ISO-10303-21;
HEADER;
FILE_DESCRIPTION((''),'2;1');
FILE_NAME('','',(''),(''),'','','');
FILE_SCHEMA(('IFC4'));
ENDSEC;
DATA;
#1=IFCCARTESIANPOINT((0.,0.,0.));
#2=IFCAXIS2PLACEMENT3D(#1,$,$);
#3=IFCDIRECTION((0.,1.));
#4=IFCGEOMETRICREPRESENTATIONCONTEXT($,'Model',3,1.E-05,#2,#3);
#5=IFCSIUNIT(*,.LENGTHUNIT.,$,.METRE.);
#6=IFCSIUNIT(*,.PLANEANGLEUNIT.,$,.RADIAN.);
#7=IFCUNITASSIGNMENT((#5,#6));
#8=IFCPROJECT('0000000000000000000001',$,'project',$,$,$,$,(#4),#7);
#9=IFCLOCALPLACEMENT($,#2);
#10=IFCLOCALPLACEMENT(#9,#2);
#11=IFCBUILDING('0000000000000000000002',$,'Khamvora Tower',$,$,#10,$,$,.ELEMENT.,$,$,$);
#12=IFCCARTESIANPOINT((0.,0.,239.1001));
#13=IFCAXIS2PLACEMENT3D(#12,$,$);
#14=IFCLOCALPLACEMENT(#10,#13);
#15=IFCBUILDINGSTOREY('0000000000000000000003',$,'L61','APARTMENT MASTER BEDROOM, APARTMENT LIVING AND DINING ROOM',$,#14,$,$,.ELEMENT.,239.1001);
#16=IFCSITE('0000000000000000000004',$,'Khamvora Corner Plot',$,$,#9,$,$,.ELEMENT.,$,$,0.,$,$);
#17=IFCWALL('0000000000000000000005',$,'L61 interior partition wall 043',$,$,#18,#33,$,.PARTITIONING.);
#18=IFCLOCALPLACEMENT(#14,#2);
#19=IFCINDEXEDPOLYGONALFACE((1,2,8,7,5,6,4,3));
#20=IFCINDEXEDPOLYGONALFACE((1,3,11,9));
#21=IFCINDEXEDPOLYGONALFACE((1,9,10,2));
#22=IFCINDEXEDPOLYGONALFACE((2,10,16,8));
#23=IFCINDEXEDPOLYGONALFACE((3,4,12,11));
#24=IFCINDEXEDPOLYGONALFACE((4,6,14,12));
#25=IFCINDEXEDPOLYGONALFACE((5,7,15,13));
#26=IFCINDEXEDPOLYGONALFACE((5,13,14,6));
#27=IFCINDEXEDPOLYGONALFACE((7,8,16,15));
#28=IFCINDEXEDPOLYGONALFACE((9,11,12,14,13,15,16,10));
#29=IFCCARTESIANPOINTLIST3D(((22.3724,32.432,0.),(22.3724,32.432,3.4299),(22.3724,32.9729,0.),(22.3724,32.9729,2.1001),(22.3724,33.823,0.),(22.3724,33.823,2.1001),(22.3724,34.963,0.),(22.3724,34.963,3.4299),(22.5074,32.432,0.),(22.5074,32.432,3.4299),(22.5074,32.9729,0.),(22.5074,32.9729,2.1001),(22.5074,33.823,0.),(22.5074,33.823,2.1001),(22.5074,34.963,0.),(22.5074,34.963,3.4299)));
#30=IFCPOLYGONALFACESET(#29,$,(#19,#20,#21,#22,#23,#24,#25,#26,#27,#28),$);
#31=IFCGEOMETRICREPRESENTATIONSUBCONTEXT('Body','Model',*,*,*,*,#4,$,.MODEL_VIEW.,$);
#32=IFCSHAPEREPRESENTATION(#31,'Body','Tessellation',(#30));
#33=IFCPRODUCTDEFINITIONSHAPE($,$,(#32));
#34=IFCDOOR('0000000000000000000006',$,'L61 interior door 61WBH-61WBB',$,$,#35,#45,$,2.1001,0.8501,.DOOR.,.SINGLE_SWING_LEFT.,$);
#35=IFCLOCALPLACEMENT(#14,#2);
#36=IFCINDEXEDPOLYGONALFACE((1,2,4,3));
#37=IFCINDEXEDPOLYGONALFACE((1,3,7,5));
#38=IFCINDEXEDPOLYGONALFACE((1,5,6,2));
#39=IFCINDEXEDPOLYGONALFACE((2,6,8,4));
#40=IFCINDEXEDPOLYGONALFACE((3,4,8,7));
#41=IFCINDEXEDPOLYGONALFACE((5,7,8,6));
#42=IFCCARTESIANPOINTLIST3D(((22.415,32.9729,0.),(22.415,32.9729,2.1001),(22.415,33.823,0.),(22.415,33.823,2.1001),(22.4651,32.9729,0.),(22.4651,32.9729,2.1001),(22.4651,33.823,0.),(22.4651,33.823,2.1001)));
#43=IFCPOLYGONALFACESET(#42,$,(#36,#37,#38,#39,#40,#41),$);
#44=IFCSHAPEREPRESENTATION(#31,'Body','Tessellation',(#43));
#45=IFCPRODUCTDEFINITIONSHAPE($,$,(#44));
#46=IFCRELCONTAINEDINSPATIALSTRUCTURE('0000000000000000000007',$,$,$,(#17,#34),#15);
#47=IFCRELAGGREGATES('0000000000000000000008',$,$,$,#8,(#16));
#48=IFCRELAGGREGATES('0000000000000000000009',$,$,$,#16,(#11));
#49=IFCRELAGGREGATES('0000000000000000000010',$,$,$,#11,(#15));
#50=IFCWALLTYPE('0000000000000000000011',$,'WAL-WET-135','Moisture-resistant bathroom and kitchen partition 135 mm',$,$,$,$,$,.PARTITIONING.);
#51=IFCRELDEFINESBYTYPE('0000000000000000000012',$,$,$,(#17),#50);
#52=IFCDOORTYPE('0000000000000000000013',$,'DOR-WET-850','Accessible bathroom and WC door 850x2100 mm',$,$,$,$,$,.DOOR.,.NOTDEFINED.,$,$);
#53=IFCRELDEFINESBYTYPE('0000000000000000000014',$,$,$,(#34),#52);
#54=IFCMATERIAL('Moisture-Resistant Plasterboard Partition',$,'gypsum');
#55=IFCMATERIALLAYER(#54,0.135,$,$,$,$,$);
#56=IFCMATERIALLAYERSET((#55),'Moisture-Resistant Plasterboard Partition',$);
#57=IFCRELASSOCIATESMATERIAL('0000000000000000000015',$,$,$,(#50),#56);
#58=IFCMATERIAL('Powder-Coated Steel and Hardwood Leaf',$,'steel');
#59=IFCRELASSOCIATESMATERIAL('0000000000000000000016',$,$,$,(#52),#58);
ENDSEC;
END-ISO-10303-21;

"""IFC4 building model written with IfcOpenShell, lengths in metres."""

from ifc_helpers import new_model, si_unit, direction, frame, frame_2d, origin, place, context, subcontext, project, spatial, rectangle, extrude, material, layer, layer_set, type_object, element, fill, save


model = new_model("IFC4")

# Units and contexts
model_context = context("Model", 3, precision=1e-05, world=origin(), true_north=direction((0.0, 1.0)))
body_context = subcontext(model_context, "Body", "Model", "MODEL_VIEW")
ifc_project = project(units=[si_unit("LENGTHUNIT", "METRE"), si_unit("PLANEANGLEUNIT", "RADIAN")], contexts=[model_context])

# Site, building, storey
site_placement = place(None, origin())
site = spatial("IfcSite", under=ifc_project, at=site_placement, Name="Khamvora Corner Plot", CompositionType="ELEMENT", RefElevation=0.0)
building_placement = place(site_placement, origin())
building = spatial("IfcBuilding", under=site, at=building_placement, Name="Khamvora Tower", CompositionType="ELEMENT")
storey_placement = place(building_placement, frame((0.0, 0.0, 239.1001)))
storey = spatial("IfcBuildingStorey", under=building, at=storey_placement, Name="L61", Description="APARTMENT MASTER BEDROOM, APARTMENT LIVING AND DINING ROOM", CompositionType="ELEMENT", Elevation=239.1001)

# Shared definitions
ifc_material_1 = material(Name="Powder-Coated Steel and Hardwood Leaf", Category="steel")

# Wall, opening, door
ifc_material_2 = material(Name="Moisture-Resistant Plasterboard Partition", Category="gypsum")
ifc_layer_1 = layer(ifc_material_2, 0.135)
ifc_layer_set_1 = layer_set([ifc_layer_1], Name="Moisture-Resistant Plasterboard Partition")
wall_type_1 = type_object("IfcWallType", Name="WAL-WET-135", Description="Moisture-resistant bathroom and kitchen partition 135 mm", PredefinedType="PARTITIONING", material=ifc_layer_set_1)
wall_1_placement = place(storey_placement, frame((22.4399, 32.4319, 0.0), z_axis=(0.0, 0.0, 1.0), x_axis=(0.0, 1.0, 0.0)))
wall_1 = element("IfcWall", 1, at=wall_1_placement, inside=storey, type_object=wall_type_1, Name="L61 interior partition wall 043", PredefinedType="PARTITIONING", context=body_context, shape_type="SweptSolid", body=[
    extrude(rectangle(XDim=2.531, YDim=0.135, at=frame_2d((1.2656, 0.0))), origin(), (0.0, 0.0, 1.0), 3.4299),
])
opening_1_placement = place(wall_1_placement, frame((0.541, 0.0, 0.0)))
opening_1 = element("IfcOpeningElement", 2, at=opening_1_placement, cuts=wall_1, PredefinedType="OPENING", context=body_context, shape_type="SweptSolid", body=[
    extrude(rectangle(XDim=0.8501, YDim=2.1001, at=frame_2d((0.425, 1.05))), frame((0.0, 0.0774, 0.0), z_axis=(0.0, -1.0, 0.0), x_axis=(1.0, 0.0, 0.0)), (0.0, 0.0, 1.0), 0.155),
])
door_type_1 = type_object("IfcDoorType", Name="DOR-WET-850", Description="Accessible bathroom and WC door 850x2100 mm", OperationType="NOTDEFINED", PredefinedType="DOOR", material=ifc_material_1)
door_1_placement = place(opening_1_placement, origin())
door_1 = element("IfcDoor", 3, at=door_1_placement, inside=storey, type_object=door_type_1, Name="L61 interior door 61WBH-61WBB", OperationType="SINGLE_SWING_LEFT", OverallHeight=2.1001, OverallWidth=0.8501, PredefinedType="DOOR", context=body_context, shape_type="SweptSolid", body=[
    extrude(rectangle(XDim=0.8501, YDim=2.1001, at=frame_2d((0.425, 1.05))), frame((0.0, 0.0249, 0.0), z_axis=(0.0, -1.0, 0.0), x_axis=(1.0, 0.0, 0.0)), (0.0, 0.0, 1.0), 0.05),
])
fill(opening_1, door_1)

save(model, "model.ifc")
